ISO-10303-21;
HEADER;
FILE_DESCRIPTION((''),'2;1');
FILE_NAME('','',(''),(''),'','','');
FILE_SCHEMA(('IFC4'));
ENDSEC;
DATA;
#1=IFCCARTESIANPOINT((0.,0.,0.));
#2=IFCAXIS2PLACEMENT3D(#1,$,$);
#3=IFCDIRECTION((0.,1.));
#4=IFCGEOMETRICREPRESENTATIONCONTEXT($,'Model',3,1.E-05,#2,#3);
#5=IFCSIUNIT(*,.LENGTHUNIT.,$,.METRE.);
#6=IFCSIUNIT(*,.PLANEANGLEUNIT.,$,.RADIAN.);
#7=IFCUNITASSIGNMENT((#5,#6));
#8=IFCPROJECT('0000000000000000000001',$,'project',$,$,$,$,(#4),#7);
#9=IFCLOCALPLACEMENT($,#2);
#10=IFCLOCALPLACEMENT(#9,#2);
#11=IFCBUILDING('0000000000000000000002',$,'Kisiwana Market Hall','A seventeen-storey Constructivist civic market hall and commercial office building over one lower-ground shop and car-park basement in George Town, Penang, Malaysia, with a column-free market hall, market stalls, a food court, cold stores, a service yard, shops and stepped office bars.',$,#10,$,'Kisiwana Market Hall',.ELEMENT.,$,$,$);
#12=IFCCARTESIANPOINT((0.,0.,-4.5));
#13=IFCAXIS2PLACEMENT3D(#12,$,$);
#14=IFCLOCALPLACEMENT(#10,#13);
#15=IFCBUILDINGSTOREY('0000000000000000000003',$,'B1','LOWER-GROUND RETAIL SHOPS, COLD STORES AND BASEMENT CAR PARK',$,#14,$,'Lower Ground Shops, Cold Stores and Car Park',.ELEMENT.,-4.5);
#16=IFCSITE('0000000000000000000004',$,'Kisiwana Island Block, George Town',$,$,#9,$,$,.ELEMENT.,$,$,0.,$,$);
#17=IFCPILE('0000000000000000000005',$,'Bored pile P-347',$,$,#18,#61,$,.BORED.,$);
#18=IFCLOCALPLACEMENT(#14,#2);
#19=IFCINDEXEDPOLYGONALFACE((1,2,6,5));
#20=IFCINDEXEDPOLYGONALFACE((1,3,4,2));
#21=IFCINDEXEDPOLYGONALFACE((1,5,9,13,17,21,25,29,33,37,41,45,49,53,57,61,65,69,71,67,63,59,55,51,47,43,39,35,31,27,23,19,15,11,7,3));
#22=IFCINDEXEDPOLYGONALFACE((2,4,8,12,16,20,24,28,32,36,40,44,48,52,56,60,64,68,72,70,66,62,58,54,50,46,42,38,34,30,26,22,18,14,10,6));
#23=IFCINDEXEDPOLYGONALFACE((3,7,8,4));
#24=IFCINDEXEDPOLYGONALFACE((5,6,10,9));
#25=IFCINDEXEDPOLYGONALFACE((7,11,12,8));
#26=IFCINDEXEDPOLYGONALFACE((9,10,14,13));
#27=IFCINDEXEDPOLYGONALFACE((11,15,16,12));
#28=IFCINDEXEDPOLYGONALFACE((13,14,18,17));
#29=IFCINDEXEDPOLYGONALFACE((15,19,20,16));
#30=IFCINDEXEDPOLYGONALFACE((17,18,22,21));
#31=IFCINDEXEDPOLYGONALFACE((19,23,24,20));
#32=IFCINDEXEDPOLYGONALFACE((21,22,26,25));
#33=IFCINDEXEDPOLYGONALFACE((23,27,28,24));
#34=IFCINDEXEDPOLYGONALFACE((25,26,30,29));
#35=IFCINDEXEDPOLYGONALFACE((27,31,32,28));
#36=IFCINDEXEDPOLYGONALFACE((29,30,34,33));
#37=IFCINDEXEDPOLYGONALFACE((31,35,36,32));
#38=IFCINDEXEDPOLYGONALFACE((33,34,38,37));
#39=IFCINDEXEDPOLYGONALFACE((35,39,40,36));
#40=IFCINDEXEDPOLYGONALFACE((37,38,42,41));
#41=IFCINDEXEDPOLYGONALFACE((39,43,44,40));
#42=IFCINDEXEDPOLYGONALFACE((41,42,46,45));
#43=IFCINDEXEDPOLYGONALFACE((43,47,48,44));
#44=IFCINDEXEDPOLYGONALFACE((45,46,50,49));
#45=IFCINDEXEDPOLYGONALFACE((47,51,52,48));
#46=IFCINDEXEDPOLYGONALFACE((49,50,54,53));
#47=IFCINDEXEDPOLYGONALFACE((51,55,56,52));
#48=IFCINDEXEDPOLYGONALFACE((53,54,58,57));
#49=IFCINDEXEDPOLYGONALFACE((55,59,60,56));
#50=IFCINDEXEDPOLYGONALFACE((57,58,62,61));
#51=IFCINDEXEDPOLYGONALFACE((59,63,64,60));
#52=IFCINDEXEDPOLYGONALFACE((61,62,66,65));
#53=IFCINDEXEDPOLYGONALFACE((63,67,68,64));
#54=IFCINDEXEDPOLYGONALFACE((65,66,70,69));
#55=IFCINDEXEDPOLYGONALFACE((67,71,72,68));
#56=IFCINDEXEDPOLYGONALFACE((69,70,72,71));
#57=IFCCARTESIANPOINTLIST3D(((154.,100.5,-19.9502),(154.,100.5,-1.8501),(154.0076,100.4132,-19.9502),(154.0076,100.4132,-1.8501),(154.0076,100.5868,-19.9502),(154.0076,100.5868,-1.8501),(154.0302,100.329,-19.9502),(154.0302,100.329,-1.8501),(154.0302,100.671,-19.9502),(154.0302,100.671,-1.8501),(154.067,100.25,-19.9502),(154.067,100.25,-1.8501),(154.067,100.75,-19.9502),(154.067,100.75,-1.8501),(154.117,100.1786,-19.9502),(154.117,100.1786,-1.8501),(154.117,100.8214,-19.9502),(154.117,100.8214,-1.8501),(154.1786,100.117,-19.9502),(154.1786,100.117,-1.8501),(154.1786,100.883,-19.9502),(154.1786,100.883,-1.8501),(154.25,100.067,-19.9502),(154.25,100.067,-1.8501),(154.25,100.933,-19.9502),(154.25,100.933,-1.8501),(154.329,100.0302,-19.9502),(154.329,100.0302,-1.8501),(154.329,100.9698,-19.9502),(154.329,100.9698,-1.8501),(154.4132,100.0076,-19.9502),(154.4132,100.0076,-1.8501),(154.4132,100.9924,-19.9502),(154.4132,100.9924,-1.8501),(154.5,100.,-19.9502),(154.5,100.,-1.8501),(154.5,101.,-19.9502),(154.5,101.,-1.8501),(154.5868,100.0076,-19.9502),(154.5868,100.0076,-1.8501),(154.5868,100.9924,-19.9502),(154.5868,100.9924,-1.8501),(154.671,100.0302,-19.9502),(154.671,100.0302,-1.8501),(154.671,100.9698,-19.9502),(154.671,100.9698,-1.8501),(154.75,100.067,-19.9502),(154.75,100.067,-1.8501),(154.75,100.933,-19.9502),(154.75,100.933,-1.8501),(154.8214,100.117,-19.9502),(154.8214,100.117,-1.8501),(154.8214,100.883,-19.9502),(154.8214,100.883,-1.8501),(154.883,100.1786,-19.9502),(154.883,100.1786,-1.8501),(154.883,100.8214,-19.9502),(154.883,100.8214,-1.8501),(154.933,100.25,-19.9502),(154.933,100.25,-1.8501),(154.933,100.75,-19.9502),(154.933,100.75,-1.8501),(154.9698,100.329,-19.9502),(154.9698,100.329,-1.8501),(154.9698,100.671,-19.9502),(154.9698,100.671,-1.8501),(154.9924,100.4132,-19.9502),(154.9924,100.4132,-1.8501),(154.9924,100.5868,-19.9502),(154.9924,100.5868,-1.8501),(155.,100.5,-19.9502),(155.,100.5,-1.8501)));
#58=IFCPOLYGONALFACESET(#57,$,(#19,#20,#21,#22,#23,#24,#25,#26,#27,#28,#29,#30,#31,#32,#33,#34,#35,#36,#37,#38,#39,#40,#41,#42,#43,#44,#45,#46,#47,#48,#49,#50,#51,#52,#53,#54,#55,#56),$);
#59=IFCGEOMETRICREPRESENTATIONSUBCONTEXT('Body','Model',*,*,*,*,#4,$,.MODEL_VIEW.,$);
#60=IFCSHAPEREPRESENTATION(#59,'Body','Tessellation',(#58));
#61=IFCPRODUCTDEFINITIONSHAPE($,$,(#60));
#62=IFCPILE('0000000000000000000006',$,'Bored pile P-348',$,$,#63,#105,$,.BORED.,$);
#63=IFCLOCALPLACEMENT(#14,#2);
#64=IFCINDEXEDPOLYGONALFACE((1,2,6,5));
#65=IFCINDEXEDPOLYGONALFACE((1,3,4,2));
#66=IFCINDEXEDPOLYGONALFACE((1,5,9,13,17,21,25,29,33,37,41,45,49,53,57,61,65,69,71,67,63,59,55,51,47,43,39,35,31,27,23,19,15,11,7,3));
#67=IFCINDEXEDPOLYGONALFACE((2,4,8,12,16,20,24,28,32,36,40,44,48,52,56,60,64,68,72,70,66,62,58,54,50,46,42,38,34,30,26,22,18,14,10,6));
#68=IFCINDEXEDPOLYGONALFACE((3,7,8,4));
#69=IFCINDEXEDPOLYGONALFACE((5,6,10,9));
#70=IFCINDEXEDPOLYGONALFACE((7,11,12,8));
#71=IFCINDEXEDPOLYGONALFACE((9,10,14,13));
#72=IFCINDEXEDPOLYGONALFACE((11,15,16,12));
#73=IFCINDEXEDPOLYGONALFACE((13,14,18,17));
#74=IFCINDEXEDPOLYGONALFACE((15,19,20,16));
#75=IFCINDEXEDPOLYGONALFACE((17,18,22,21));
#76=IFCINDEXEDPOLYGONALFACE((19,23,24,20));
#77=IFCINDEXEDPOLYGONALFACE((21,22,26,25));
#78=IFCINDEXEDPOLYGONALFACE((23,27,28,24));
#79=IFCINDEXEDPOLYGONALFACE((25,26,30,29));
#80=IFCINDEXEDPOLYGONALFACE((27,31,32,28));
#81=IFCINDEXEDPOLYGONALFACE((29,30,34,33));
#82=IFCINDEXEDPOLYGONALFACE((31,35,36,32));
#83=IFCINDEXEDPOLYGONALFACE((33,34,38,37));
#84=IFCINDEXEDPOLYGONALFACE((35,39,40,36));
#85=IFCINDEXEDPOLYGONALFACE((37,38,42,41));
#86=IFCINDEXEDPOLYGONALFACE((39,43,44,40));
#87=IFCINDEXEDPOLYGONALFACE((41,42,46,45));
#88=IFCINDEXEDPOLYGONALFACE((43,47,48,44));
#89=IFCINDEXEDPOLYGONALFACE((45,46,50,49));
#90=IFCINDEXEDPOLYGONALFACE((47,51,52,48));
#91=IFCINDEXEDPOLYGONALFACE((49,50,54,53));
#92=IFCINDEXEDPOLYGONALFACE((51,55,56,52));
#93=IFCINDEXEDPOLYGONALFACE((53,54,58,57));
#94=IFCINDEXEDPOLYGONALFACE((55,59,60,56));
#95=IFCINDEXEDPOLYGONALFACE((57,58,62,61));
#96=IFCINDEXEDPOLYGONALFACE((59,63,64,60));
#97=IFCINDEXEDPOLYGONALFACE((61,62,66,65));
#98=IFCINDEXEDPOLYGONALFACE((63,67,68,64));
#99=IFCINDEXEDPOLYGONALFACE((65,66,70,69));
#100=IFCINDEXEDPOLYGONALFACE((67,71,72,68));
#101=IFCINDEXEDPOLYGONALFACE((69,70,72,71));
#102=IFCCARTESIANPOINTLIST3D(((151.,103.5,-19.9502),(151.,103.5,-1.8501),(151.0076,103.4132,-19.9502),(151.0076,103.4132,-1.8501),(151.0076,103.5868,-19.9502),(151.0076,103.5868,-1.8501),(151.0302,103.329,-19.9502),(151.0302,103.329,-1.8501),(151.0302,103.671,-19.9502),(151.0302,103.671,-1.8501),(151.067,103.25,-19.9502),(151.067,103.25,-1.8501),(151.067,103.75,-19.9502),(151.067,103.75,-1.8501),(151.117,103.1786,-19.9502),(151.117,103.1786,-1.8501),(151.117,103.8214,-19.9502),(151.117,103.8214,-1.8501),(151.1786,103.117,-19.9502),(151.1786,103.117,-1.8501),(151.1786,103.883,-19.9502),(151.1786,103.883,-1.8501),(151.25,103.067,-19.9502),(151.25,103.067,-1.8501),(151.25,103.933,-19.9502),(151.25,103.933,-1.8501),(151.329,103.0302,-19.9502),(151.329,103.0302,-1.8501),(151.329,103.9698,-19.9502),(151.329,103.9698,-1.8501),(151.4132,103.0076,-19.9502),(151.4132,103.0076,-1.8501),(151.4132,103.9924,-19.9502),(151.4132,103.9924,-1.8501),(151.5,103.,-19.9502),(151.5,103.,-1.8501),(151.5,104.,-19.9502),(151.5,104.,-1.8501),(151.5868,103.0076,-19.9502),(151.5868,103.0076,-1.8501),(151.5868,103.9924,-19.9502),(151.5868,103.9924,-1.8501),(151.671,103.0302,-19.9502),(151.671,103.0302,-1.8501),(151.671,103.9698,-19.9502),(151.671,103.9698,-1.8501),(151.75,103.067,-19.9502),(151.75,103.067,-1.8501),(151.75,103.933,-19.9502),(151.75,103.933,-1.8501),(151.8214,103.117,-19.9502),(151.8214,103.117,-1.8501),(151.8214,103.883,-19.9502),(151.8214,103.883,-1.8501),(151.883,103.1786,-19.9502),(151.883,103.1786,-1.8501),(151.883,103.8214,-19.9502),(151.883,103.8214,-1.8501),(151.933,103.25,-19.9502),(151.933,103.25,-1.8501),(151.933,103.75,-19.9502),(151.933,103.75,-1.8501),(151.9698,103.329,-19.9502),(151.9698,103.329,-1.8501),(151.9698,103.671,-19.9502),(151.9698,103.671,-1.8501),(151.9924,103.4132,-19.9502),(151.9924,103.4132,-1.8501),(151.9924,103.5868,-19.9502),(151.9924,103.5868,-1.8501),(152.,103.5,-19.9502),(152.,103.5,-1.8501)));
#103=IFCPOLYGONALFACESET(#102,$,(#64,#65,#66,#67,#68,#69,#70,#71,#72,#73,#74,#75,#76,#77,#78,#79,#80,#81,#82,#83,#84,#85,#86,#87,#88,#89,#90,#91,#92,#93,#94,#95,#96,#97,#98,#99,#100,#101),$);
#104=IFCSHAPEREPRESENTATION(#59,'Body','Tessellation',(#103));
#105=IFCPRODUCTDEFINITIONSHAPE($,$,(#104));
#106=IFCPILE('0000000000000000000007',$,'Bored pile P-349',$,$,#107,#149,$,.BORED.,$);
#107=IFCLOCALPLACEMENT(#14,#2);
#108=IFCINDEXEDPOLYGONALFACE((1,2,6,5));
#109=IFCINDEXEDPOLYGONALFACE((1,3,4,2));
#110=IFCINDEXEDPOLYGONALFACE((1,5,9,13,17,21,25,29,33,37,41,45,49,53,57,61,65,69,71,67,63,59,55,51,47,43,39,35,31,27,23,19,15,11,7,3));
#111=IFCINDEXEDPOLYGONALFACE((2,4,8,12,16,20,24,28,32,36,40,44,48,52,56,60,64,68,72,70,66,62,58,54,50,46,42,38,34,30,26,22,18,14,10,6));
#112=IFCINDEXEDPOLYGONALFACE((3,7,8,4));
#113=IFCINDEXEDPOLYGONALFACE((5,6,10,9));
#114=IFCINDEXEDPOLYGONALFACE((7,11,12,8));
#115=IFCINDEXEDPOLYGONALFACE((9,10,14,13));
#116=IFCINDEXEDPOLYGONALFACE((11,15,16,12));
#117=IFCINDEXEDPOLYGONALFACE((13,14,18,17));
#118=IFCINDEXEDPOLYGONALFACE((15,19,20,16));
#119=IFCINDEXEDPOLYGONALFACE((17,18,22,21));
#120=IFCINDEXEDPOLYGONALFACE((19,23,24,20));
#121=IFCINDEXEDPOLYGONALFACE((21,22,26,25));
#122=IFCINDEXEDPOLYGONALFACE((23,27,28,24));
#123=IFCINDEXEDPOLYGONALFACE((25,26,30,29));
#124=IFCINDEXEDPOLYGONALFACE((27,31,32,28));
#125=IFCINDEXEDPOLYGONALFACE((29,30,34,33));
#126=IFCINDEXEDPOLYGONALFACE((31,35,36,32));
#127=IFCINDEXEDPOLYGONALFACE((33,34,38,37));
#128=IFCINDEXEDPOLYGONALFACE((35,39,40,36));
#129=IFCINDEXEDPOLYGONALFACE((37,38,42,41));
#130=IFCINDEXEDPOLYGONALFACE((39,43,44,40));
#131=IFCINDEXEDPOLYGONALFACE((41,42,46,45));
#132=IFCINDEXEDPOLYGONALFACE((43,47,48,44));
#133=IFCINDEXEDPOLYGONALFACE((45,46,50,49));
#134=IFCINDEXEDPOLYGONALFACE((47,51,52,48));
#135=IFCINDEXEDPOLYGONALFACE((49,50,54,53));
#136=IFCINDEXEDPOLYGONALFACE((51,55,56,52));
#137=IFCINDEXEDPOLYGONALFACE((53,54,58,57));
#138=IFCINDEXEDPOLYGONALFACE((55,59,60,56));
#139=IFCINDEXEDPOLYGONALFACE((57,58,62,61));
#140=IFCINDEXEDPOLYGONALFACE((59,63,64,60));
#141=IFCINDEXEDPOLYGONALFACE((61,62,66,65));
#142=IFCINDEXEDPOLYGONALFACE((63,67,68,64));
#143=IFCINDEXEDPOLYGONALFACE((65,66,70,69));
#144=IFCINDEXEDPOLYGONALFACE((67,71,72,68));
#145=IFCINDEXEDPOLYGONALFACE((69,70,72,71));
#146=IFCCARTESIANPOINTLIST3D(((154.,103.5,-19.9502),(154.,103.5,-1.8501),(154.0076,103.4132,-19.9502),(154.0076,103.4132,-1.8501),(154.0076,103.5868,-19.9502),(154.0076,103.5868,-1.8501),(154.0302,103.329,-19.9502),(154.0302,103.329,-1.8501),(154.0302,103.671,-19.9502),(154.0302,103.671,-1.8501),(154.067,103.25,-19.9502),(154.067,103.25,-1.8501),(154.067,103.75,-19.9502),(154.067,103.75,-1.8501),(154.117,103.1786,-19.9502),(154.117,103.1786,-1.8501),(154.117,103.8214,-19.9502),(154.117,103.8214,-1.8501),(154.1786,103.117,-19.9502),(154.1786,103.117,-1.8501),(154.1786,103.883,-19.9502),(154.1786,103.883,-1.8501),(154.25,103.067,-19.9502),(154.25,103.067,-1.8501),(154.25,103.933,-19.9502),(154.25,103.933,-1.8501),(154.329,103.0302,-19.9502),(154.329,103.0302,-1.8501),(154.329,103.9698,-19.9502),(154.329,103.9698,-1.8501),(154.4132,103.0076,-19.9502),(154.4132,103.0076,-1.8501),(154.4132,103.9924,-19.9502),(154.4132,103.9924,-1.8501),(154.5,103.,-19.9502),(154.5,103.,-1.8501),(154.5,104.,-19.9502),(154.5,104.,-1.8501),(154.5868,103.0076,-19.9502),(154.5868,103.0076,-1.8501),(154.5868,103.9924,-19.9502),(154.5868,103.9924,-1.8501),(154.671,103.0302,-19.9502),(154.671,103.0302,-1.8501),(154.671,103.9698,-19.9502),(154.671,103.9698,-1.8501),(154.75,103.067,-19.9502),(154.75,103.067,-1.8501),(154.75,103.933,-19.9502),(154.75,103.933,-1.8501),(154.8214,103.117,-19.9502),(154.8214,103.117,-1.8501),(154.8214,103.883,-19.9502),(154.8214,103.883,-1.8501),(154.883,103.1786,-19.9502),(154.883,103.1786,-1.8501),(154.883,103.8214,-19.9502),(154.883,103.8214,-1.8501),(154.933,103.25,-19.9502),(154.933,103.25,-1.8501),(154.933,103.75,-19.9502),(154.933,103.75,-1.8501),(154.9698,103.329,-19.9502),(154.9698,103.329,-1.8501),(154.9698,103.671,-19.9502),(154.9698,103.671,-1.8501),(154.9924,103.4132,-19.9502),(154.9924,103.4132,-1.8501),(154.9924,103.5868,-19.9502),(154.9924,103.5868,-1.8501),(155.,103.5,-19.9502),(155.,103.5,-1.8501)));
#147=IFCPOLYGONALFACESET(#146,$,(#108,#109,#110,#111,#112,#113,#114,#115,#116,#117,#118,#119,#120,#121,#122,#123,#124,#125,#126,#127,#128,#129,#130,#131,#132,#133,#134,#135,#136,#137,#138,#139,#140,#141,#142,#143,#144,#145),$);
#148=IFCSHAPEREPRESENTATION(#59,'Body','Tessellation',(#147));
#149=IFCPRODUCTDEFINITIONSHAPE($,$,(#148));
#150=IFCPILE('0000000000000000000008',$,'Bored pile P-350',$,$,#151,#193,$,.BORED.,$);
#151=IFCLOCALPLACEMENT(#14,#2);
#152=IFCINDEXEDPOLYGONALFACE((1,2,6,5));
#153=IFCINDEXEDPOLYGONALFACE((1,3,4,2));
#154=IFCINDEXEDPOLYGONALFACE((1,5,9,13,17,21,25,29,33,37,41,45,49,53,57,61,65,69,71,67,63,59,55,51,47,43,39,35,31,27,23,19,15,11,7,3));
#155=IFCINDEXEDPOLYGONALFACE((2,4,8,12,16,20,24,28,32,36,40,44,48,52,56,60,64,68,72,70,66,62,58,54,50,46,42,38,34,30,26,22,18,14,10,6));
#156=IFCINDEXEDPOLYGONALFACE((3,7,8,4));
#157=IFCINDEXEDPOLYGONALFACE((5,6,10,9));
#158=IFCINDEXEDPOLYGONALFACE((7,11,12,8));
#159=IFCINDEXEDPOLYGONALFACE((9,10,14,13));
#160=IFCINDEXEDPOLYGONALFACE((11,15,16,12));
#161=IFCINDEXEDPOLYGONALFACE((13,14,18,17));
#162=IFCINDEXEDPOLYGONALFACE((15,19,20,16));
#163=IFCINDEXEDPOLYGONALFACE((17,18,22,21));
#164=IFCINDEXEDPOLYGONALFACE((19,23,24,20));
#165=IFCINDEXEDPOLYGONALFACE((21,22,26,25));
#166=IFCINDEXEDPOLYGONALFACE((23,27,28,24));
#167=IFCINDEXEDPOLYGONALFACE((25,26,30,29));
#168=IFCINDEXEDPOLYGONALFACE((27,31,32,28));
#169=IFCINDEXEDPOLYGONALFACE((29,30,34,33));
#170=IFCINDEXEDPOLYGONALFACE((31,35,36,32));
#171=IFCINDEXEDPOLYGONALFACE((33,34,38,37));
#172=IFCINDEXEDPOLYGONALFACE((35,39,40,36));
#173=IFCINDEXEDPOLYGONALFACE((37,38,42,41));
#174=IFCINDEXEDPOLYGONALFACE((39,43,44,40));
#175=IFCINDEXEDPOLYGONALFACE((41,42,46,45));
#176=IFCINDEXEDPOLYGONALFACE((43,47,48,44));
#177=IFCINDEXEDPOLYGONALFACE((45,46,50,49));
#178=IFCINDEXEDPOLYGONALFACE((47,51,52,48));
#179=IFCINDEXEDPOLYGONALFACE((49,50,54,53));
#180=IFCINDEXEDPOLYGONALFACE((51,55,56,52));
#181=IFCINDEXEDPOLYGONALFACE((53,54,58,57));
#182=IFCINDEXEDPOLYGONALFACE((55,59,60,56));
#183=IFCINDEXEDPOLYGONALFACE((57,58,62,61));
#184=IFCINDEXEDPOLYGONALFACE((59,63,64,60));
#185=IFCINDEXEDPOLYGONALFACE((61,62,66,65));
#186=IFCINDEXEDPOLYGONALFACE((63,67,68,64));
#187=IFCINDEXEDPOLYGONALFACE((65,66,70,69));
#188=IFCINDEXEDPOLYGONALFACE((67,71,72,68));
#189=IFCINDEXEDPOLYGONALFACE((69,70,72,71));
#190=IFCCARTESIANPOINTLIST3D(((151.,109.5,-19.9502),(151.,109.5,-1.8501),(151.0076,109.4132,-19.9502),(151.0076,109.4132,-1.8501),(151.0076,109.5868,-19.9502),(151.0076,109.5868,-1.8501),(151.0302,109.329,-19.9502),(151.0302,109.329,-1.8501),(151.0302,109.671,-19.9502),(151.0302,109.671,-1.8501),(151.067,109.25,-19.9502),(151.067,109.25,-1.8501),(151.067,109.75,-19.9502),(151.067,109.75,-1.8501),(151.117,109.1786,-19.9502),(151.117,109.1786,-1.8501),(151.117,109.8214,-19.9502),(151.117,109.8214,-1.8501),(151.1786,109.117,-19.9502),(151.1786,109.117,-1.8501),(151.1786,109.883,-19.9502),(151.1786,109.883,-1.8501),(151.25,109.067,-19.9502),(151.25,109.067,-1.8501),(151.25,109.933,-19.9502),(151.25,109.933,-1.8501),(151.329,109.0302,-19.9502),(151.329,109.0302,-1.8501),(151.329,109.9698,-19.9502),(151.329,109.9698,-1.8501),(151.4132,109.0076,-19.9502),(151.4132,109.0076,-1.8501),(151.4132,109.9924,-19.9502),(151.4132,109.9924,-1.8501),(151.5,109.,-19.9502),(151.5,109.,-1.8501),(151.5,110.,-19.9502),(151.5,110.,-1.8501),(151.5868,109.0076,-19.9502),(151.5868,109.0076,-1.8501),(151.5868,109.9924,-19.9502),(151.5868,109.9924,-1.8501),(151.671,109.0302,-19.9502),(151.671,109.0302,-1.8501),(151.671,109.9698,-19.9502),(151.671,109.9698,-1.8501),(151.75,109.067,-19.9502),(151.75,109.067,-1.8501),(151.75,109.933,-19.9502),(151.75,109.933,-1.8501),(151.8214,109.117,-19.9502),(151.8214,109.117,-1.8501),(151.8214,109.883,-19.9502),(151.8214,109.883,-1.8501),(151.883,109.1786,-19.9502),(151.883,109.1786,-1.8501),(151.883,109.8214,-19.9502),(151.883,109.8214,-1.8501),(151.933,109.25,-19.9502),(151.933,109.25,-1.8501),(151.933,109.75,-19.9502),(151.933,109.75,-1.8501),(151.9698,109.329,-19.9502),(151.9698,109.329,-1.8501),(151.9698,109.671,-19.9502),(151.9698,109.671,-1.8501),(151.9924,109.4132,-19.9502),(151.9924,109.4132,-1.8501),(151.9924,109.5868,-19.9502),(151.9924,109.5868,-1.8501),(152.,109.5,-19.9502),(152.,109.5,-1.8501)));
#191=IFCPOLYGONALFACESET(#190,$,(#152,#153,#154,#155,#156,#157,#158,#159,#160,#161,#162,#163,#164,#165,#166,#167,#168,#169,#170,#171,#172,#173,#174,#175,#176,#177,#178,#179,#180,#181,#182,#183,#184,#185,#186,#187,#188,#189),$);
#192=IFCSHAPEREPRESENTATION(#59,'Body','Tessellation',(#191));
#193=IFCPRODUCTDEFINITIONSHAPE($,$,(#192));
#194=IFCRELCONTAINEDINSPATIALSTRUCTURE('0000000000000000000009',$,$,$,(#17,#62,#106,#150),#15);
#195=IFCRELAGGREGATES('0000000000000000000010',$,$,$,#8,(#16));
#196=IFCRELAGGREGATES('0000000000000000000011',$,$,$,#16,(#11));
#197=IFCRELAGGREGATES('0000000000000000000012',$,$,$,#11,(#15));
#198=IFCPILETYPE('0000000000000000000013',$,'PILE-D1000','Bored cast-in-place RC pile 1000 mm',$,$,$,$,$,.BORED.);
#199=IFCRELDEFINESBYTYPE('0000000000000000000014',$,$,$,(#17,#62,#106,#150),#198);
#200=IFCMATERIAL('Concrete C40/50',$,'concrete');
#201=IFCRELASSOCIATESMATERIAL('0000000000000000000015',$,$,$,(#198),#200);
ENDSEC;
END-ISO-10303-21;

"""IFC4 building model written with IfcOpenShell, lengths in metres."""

from ifc_helpers import new_model, si_unit, direction, frame, origin, origin_2d, place, context, subcontext, project, spatial, circle, extrude, material, material_profile, profile_set, type_object, element, save


model = new_model("IFC4")

# Units and contexts
model_context = context("Model", 3, precision=1e-05, world=origin(), true_north=direction((0.0, 1.0)))
body_context = subcontext(model_context, "Body", "Model", "MODEL_VIEW")
ifc_project = project(units=[si_unit("LENGTHUNIT", "METRE"), si_unit("PLANEANGLEUNIT", "RADIAN")], contexts=[model_context])

# Site, building, storey
site_placement = place(None, origin())
site = spatial("IfcSite", under=ifc_project, at=site_placement, Name="Kisiwana Island Block, George Town", CompositionType="ELEMENT", RefElevation=0.0)
building_placement = place(site_placement, origin())
building = spatial("IfcBuilding", under=site, at=building_placement, Name="Kisiwana Market Hall", Description="A seventeen-storey Constructivist civic market hall and commercial office building over one lower-ground shop and car-park basement in George Town, Penang, Malaysia, with a column-free market hall, market stalls, a food court, cold stores, a service yard, shops and stepped office bars.", LongName="Kisiwana Market Hall", CompositionType="ELEMENT")
storey_placement = place(building_placement, frame((0.0, 0.0, -4.5)))
storey = spatial("IfcBuildingStorey", under=building, at=storey_placement, Name="B1", Description="LOWER-GROUND RETAIL SHOPS, COLD STORES AND BASEMENT CAR PARK", LongName="Lower Ground Shops, Cold Stores and Car Park", CompositionType="ELEMENT", Elevation=-4.5)

# Piles
ifc_material_1 = material(Name="Concrete C40/50", Category="concrete")
ifc_material_profile_1 = material_profile(ifc_material_1, circle(Radius=0.5, at=origin_2d()), Name="BP D1000")
ifc_profile_set_1 = profile_set([ifc_material_profile_1], Name="Concrete C40/50")
pile_type_1 = type_object("IfcPileType", Name="PILE-D1000", Description="Bored cast-in-place RC pile 1000 mm", PredefinedType="BORED", material=ifc_profile_set_1)
for number, where, z_axis, x_axis, name in (
    (1, (154.5, 100.5, -1.8501), (0.0, 0.0, -1.0), (1.0, 0.0, 0.0), "Bored pile P-347"),
    (2, (151.5, 103.5, -1.8501), (0.0, 0.0, -1.0), (1.0, 0.0, 0.0), "Bored pile P-348"),
    (3, (154.5, 103.5, -1.8501), (0.0, 0.0, -1.0), (1.0, 0.0, 0.0), "Bored pile P-349"),
    (4, (151.5, 109.5, -1.8501), (0.0, 0.0, -1.0), (1.0, 0.0, 0.0), "Bored pile P-350"),
):
    element("IfcPile", number, at=place(storey_placement, frame(where, z_axis=z_axis, x_axis=x_axis)), inside=storey, type_object=pile_type_1, Name=name, PredefinedType="BORED", context=body_context, shape_type="SweptSolid", body=[
        extrude(circle(Radius=0.5, at=origin_2d()), origin(), (0.0, 0.0, 1.0), 18.1001),
    ])

save(model, "model.ifc")
